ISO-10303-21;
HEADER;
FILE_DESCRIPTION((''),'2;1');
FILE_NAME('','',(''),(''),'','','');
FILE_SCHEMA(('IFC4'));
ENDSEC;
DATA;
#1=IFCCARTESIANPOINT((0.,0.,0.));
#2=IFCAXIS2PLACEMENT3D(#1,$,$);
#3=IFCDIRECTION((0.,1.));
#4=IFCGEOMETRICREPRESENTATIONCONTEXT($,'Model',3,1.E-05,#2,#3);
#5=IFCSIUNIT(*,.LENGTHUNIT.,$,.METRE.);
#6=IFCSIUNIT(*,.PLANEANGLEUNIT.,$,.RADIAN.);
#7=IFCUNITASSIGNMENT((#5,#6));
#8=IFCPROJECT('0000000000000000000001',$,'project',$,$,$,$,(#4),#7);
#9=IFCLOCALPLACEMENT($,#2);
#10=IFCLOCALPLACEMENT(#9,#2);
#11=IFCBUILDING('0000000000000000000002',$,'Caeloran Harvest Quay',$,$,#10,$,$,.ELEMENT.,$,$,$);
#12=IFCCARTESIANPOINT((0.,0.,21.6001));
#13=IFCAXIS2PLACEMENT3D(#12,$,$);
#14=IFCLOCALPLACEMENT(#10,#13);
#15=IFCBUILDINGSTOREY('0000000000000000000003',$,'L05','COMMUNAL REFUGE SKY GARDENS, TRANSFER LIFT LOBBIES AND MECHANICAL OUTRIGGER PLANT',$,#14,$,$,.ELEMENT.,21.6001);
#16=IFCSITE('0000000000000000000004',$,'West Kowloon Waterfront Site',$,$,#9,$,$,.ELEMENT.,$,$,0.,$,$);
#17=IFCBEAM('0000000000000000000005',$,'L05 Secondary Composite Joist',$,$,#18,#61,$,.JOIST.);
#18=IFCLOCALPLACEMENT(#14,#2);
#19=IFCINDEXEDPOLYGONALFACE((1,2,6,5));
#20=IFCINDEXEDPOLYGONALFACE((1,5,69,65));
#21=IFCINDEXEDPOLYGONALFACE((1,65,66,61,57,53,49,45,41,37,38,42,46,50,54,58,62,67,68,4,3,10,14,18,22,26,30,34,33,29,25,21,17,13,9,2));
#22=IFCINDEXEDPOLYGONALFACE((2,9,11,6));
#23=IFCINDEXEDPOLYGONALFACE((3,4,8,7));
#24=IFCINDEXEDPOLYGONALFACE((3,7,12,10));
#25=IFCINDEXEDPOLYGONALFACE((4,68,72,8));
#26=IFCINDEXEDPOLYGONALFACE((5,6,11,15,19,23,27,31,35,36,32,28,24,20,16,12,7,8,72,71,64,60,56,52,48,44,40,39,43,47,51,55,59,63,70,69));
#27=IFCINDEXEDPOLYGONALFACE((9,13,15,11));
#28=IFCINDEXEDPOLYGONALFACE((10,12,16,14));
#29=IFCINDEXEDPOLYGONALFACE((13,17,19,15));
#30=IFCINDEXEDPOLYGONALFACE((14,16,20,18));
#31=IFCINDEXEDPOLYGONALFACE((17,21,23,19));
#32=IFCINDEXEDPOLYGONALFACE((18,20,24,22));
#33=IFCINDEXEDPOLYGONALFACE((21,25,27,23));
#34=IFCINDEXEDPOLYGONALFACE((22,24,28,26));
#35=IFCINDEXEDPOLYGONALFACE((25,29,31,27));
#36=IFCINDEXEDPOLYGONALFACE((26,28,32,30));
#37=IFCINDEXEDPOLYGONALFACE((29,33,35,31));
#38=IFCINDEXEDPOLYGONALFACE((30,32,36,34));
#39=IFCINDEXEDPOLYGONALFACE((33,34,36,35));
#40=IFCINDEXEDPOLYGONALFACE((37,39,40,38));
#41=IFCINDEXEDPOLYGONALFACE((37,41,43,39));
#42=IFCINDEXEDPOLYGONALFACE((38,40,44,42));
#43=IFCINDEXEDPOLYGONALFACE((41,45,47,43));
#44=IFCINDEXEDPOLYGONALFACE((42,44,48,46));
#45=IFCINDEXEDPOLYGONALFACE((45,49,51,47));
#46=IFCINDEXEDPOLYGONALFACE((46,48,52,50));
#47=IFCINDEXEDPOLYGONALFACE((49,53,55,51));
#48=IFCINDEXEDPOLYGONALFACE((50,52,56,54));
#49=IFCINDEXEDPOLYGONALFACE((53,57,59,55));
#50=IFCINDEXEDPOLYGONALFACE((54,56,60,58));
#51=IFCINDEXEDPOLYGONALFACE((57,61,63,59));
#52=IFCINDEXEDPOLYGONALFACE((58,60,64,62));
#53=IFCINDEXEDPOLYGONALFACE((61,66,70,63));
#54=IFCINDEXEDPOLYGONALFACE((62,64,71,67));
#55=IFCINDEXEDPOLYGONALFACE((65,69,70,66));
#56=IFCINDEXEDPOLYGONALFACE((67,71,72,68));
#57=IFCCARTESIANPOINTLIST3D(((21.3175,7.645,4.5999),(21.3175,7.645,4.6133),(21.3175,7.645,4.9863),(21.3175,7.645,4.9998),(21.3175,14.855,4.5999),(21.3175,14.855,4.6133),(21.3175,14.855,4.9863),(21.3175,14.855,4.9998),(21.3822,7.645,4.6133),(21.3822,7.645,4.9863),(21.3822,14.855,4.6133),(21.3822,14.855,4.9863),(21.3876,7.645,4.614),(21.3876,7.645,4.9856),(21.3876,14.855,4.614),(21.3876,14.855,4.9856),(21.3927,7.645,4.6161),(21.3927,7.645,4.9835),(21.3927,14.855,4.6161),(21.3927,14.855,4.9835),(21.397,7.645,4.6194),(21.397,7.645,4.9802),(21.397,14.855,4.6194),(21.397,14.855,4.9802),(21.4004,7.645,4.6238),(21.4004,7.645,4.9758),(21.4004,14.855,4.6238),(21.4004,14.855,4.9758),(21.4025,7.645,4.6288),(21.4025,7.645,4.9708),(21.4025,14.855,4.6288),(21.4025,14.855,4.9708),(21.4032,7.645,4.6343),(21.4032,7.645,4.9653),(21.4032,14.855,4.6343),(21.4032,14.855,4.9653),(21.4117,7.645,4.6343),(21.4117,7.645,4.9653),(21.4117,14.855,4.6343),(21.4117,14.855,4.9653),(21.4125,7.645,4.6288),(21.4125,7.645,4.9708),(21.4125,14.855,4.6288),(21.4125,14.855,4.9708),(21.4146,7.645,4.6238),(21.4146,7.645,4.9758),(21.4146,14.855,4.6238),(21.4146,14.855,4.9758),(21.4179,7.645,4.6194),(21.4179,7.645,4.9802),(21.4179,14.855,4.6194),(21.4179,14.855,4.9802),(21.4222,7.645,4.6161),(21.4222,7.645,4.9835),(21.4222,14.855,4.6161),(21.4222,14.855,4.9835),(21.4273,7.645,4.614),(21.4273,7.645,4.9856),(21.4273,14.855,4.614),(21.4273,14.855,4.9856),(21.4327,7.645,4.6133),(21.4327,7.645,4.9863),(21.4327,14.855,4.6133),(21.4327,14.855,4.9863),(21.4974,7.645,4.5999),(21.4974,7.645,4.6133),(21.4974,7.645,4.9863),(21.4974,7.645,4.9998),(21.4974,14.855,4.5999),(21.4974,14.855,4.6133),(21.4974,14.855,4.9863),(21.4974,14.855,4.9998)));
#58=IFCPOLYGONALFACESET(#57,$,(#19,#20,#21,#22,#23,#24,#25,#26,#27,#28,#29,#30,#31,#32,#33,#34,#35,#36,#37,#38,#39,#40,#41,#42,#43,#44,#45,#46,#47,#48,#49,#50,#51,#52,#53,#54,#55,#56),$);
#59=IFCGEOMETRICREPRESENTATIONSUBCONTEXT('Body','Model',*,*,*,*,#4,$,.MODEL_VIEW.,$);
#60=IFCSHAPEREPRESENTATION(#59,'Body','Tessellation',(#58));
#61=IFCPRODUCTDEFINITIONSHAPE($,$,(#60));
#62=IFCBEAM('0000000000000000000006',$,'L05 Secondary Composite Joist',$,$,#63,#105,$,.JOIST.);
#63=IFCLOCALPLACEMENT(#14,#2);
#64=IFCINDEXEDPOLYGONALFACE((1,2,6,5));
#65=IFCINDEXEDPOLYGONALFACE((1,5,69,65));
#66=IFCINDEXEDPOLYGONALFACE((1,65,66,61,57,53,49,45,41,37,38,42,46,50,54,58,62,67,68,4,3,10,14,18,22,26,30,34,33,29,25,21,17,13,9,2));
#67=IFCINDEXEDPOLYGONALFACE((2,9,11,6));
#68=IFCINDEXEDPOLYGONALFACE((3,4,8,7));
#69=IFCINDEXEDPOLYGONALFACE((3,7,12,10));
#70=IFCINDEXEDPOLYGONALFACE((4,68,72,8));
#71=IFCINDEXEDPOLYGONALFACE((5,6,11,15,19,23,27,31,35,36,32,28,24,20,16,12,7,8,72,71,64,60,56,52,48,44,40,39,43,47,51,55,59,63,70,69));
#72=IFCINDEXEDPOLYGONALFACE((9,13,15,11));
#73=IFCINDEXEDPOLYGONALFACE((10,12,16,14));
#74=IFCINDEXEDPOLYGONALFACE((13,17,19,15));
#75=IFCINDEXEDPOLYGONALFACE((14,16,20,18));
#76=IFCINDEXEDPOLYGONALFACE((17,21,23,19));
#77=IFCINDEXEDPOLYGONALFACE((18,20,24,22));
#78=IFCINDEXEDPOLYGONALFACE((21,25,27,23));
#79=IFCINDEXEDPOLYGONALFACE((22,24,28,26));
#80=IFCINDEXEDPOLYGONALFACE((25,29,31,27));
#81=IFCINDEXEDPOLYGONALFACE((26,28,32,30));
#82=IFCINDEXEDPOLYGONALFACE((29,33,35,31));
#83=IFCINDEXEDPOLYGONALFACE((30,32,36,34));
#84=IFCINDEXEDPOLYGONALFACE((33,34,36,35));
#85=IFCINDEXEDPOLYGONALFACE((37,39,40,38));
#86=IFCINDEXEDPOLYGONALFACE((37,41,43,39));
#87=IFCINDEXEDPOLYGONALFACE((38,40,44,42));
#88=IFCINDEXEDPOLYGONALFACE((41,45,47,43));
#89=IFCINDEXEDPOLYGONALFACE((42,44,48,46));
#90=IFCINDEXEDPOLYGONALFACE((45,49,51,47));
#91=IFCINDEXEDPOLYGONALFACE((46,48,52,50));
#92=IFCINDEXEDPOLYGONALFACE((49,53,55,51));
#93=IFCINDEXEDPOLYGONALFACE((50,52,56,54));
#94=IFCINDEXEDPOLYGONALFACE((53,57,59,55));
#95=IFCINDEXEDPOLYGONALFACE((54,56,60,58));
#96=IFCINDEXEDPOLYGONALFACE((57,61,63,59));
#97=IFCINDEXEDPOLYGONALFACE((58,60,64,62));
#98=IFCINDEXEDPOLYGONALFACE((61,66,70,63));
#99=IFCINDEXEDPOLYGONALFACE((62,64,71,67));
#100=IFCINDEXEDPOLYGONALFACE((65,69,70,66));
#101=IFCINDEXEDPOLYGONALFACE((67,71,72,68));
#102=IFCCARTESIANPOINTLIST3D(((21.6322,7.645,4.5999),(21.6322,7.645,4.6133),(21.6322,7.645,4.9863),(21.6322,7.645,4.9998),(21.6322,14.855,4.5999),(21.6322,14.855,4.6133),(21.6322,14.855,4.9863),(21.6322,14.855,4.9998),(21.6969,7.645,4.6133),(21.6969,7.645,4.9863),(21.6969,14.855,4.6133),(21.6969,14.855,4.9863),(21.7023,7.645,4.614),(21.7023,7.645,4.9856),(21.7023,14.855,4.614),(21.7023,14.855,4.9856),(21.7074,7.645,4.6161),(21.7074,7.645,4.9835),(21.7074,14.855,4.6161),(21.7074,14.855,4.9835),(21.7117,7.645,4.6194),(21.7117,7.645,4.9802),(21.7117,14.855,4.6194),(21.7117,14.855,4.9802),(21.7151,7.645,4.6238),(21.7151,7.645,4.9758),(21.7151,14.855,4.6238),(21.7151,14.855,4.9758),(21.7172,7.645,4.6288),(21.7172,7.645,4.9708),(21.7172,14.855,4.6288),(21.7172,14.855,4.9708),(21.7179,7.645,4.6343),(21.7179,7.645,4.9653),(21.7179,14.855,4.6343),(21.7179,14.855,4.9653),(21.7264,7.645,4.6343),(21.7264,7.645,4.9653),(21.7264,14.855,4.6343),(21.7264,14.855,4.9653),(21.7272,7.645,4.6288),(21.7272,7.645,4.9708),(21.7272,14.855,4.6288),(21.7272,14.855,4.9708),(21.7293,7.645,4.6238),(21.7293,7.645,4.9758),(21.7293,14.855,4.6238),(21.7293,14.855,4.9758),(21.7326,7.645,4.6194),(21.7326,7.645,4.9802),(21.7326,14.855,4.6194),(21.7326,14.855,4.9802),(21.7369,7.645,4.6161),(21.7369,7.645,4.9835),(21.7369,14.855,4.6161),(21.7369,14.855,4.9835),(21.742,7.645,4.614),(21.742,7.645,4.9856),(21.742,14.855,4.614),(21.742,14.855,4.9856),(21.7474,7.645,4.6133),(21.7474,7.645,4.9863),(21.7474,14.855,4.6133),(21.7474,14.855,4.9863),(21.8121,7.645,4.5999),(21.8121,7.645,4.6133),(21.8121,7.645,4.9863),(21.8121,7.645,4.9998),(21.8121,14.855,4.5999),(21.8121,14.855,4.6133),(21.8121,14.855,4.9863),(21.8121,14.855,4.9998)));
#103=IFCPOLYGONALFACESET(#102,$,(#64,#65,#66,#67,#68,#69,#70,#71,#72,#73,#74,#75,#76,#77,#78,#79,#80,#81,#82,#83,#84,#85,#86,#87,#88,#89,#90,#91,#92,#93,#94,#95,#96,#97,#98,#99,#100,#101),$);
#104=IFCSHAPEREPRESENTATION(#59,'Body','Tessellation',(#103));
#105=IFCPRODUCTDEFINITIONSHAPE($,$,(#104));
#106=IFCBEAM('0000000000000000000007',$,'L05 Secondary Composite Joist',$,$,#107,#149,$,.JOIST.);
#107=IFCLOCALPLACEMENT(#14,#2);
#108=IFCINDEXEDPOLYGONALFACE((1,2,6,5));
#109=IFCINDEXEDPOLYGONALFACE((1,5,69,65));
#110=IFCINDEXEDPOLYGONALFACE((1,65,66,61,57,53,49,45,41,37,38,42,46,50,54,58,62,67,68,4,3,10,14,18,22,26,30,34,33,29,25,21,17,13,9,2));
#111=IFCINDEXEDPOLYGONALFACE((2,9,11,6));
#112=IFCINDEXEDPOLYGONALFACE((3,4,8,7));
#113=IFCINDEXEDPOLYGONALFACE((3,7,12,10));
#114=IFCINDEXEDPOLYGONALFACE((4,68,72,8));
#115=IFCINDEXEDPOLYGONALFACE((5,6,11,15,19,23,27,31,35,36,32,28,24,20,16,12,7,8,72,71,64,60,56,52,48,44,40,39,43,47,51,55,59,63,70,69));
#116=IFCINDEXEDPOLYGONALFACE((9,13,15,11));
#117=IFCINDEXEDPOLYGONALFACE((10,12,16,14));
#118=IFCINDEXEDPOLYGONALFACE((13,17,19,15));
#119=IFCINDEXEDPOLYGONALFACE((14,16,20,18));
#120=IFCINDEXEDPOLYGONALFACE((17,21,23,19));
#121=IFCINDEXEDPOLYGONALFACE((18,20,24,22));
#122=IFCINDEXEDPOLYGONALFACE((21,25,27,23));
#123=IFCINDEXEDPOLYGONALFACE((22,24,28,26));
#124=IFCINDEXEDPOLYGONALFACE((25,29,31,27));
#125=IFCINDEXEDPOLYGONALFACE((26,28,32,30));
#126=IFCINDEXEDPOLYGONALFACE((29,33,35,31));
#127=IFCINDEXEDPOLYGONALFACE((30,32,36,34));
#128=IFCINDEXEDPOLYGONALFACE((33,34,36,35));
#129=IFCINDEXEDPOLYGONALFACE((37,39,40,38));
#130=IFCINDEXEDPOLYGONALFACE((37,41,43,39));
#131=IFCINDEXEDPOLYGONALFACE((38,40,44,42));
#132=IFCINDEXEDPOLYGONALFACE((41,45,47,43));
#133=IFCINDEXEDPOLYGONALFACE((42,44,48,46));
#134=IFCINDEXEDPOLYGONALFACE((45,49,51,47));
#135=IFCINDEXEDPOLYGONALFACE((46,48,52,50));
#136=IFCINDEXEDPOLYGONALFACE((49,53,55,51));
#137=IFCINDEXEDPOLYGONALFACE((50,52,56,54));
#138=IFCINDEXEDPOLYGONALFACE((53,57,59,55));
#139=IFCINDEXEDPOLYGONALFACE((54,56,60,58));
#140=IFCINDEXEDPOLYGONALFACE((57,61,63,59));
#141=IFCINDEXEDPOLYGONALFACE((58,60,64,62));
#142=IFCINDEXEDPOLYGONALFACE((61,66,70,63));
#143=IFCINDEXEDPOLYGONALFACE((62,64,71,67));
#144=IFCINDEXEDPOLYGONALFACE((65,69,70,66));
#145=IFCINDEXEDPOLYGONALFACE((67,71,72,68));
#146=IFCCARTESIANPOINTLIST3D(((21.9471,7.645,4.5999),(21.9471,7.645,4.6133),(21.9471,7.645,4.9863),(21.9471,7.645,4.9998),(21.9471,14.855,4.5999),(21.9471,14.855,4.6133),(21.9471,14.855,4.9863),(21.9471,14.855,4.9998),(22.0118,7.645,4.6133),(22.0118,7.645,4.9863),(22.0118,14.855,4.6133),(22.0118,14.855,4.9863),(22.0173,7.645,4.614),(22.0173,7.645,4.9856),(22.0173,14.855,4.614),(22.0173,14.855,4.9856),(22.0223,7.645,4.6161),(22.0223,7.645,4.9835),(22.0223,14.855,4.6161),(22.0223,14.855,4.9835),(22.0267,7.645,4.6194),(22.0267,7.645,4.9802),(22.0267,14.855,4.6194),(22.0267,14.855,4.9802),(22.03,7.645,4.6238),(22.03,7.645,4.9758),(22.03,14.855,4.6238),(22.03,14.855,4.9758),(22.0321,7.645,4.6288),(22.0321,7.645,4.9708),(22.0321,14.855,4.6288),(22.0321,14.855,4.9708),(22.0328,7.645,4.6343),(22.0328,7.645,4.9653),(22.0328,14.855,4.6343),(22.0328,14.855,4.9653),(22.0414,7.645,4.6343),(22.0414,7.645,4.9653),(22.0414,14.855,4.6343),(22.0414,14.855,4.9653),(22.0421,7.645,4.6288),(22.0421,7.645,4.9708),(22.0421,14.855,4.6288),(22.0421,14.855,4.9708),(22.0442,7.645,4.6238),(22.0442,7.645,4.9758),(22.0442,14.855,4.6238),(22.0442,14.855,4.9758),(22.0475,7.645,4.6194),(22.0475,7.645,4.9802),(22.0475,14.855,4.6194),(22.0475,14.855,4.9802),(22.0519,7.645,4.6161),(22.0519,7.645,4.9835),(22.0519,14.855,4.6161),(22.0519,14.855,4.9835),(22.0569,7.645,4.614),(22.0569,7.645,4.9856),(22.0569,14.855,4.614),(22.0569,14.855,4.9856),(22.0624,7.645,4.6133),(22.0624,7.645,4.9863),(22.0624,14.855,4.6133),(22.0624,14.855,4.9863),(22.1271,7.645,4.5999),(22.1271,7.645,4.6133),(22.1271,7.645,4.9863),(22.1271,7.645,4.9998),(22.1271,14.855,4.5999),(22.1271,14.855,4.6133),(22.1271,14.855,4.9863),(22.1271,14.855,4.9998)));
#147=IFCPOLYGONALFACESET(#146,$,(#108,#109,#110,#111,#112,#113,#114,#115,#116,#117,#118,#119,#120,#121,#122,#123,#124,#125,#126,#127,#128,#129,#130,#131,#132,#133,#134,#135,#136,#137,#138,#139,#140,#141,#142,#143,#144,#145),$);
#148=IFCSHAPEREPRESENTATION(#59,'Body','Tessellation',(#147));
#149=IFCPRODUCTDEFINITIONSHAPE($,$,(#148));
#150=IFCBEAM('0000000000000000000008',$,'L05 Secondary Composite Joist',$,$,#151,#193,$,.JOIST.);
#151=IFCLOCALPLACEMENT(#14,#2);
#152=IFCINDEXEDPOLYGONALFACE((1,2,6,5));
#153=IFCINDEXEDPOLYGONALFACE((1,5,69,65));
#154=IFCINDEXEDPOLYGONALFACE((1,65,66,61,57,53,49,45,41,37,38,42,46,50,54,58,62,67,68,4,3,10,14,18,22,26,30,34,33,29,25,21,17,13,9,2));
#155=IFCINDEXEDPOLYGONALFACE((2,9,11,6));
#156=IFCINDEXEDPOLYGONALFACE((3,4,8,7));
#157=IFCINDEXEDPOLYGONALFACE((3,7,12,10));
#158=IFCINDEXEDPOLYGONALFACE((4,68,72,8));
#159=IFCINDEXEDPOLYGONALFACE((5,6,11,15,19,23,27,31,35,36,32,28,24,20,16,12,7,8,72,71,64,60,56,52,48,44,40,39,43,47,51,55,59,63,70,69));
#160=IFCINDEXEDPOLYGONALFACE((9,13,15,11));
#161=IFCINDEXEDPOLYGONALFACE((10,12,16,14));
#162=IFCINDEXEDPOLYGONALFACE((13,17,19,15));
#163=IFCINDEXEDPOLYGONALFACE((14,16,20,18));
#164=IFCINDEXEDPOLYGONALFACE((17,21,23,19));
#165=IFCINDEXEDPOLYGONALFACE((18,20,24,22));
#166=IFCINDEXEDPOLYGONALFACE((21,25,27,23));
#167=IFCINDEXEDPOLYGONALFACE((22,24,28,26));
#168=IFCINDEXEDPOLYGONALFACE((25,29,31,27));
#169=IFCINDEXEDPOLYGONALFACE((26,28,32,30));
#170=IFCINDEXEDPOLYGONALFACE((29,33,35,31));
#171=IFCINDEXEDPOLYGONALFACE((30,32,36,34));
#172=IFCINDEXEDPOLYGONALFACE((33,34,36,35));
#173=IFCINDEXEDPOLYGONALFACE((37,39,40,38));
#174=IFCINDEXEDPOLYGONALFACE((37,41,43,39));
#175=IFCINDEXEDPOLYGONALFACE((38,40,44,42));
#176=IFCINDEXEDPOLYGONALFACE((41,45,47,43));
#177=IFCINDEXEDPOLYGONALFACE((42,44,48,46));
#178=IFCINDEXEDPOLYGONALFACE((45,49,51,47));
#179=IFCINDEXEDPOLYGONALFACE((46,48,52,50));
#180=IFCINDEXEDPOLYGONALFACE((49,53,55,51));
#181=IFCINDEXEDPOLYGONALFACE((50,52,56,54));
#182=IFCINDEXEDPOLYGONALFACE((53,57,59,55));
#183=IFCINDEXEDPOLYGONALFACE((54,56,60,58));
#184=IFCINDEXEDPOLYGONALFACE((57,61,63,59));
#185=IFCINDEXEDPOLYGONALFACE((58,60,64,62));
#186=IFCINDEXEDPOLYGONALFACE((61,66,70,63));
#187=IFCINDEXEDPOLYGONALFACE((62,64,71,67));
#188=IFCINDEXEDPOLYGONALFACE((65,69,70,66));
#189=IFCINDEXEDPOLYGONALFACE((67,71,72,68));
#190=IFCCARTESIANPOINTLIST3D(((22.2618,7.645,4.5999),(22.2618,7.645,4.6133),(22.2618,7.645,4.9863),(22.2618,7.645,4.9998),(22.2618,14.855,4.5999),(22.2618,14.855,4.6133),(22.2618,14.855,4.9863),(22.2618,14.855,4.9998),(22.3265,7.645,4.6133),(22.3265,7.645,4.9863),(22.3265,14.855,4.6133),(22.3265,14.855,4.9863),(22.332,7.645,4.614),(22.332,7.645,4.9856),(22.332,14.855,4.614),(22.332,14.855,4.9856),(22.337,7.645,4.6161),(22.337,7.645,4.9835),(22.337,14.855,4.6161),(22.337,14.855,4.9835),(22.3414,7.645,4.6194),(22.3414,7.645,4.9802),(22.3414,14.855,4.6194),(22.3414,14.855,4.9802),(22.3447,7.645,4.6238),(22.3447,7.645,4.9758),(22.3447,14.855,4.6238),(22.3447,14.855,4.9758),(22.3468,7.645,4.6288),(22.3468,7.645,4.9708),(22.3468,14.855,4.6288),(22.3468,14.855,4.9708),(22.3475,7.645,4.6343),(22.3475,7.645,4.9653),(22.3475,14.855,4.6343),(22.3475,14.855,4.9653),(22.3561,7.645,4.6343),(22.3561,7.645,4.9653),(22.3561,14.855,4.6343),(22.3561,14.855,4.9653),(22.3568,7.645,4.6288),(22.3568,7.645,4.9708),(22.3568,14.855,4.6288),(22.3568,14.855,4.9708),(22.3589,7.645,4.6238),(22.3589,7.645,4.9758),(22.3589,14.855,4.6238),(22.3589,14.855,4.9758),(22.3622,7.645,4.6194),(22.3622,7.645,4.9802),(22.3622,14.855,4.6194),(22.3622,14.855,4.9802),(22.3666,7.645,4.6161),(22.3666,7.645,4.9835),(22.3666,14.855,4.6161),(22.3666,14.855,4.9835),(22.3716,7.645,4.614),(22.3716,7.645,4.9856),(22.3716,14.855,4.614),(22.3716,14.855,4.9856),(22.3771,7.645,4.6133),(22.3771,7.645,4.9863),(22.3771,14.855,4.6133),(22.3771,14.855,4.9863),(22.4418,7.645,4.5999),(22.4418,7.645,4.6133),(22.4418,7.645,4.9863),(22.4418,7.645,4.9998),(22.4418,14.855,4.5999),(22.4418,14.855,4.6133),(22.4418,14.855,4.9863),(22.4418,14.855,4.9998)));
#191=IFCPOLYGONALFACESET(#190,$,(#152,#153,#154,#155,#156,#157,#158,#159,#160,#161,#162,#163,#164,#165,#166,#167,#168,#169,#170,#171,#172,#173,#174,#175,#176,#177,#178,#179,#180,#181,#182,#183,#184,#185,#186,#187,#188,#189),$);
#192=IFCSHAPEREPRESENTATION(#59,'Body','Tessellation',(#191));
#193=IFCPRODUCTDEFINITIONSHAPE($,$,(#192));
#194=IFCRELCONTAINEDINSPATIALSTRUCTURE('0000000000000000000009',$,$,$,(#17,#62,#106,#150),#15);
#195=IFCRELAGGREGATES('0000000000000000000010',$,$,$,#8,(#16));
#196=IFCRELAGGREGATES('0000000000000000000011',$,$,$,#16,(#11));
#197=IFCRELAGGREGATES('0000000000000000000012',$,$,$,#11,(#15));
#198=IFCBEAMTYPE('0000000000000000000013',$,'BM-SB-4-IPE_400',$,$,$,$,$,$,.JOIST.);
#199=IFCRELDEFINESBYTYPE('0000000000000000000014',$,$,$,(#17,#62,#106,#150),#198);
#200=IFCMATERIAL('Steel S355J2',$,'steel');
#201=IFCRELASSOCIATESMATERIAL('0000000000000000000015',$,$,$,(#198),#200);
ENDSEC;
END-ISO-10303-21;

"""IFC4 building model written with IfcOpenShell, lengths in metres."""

from ifc_helpers import new_model, si_unit, direction, frame, origin, origin_2d, place, context, subcontext, project, spatial, i_section, extrude, material, material_profile, profile_set, type_object, element, save


model = new_model("IFC4")

# Units and contexts
model_context = context("Model", 3, precision=1e-05, world=origin(), true_north=direction((0.0, 1.0)))
body_context = subcontext(model_context, "Body", "Model", "MODEL_VIEW")
ifc_project = project(units=[si_unit("LENGTHUNIT", "METRE"), si_unit("PLANEANGLEUNIT", "RADIAN")], contexts=[model_context])

# Site, building, storey
site_placement = place(None, origin())
site = spatial("IfcSite", under=ifc_project, at=site_placement, Name="West Kowloon Waterfront Site", CompositionType="ELEMENT", RefElevation=0.0)
building_placement = place(site_placement, origin())
building = spatial("IfcBuilding", under=site, at=building_placement, Name="Caeloran Harvest Quay", CompositionType="ELEMENT")
storey_placement = place(building_placement, frame((0.0, 0.0, 21.6001)))
storey = spatial("IfcBuildingStorey", under=building, at=storey_placement, Name="L05", Description="COMMUNAL REFUGE SKY GARDENS, TRANSFER LIFT LOBBIES AND MECHANICAL OUTRIGGER PLANT", CompositionType="ELEMENT", Elevation=21.6001)

# Beams
ifc_material_1 = material(Name="Steel S355J2", Category="steel")
ifc_material_profile_1 = material_profile(ifc_material_1, i_section(OverallWidth=0.1799, OverallDepth=0.3999, WebThickness=0.0085, FlangeThickness=0.0134, FilletRadius=0.021, at=origin_2d()), Name="IPE 400")
ifc_profile_set_1 = profile_set([ifc_material_profile_1], Name="Steel S355J2")
beam_type_1 = type_object("IfcBeamType", Name="BM-SB-4-IPE_400", PredefinedType="JOIST", material=ifc_profile_set_1)
for number, where, z_axis, x_axis, name in (
    (1, (21.4075, 7.645, 4.7998), (0.0, 1.0, 0.0), (-1.0, 0.0, 0.0), "L05 Secondary Composite Joist"),
    (2, (21.7222, 7.645, 4.7998), (0.0, 1.0, 0.0), (-1.0, 0.0, 0.0), "L05 Secondary Composite Joist"),
    (3, (22.0371, 7.645, 4.7998), (0.0, 1.0, 0.0), (-1.0, 0.0, 0.0), "L05 Secondary Composite Joist"),
    (4, (22.3518, 7.645, 4.7998), (0.0, 1.0, 0.0), (-1.0, 0.0, 0.0), "L05 Secondary Composite Joist"),
):
    element("IfcBeam", number, at=place(storey_placement, frame(where, z_axis=z_axis, x_axis=x_axis)), inside=storey, type_object=beam_type_1, Name=name, PredefinedType="JOIST", context=body_context, shape_type="SweptSolid", body=[
        extrude(i_section(OverallWidth=0.1799, OverallDepth=0.3999, WebThickness=0.0085, FlangeThickness=0.0134, FilletRadius=0.021, at=origin_2d()), origin(), (0.0, 0.0, 1.0), 7.21),
    ])

save(model, "model.ifc")
